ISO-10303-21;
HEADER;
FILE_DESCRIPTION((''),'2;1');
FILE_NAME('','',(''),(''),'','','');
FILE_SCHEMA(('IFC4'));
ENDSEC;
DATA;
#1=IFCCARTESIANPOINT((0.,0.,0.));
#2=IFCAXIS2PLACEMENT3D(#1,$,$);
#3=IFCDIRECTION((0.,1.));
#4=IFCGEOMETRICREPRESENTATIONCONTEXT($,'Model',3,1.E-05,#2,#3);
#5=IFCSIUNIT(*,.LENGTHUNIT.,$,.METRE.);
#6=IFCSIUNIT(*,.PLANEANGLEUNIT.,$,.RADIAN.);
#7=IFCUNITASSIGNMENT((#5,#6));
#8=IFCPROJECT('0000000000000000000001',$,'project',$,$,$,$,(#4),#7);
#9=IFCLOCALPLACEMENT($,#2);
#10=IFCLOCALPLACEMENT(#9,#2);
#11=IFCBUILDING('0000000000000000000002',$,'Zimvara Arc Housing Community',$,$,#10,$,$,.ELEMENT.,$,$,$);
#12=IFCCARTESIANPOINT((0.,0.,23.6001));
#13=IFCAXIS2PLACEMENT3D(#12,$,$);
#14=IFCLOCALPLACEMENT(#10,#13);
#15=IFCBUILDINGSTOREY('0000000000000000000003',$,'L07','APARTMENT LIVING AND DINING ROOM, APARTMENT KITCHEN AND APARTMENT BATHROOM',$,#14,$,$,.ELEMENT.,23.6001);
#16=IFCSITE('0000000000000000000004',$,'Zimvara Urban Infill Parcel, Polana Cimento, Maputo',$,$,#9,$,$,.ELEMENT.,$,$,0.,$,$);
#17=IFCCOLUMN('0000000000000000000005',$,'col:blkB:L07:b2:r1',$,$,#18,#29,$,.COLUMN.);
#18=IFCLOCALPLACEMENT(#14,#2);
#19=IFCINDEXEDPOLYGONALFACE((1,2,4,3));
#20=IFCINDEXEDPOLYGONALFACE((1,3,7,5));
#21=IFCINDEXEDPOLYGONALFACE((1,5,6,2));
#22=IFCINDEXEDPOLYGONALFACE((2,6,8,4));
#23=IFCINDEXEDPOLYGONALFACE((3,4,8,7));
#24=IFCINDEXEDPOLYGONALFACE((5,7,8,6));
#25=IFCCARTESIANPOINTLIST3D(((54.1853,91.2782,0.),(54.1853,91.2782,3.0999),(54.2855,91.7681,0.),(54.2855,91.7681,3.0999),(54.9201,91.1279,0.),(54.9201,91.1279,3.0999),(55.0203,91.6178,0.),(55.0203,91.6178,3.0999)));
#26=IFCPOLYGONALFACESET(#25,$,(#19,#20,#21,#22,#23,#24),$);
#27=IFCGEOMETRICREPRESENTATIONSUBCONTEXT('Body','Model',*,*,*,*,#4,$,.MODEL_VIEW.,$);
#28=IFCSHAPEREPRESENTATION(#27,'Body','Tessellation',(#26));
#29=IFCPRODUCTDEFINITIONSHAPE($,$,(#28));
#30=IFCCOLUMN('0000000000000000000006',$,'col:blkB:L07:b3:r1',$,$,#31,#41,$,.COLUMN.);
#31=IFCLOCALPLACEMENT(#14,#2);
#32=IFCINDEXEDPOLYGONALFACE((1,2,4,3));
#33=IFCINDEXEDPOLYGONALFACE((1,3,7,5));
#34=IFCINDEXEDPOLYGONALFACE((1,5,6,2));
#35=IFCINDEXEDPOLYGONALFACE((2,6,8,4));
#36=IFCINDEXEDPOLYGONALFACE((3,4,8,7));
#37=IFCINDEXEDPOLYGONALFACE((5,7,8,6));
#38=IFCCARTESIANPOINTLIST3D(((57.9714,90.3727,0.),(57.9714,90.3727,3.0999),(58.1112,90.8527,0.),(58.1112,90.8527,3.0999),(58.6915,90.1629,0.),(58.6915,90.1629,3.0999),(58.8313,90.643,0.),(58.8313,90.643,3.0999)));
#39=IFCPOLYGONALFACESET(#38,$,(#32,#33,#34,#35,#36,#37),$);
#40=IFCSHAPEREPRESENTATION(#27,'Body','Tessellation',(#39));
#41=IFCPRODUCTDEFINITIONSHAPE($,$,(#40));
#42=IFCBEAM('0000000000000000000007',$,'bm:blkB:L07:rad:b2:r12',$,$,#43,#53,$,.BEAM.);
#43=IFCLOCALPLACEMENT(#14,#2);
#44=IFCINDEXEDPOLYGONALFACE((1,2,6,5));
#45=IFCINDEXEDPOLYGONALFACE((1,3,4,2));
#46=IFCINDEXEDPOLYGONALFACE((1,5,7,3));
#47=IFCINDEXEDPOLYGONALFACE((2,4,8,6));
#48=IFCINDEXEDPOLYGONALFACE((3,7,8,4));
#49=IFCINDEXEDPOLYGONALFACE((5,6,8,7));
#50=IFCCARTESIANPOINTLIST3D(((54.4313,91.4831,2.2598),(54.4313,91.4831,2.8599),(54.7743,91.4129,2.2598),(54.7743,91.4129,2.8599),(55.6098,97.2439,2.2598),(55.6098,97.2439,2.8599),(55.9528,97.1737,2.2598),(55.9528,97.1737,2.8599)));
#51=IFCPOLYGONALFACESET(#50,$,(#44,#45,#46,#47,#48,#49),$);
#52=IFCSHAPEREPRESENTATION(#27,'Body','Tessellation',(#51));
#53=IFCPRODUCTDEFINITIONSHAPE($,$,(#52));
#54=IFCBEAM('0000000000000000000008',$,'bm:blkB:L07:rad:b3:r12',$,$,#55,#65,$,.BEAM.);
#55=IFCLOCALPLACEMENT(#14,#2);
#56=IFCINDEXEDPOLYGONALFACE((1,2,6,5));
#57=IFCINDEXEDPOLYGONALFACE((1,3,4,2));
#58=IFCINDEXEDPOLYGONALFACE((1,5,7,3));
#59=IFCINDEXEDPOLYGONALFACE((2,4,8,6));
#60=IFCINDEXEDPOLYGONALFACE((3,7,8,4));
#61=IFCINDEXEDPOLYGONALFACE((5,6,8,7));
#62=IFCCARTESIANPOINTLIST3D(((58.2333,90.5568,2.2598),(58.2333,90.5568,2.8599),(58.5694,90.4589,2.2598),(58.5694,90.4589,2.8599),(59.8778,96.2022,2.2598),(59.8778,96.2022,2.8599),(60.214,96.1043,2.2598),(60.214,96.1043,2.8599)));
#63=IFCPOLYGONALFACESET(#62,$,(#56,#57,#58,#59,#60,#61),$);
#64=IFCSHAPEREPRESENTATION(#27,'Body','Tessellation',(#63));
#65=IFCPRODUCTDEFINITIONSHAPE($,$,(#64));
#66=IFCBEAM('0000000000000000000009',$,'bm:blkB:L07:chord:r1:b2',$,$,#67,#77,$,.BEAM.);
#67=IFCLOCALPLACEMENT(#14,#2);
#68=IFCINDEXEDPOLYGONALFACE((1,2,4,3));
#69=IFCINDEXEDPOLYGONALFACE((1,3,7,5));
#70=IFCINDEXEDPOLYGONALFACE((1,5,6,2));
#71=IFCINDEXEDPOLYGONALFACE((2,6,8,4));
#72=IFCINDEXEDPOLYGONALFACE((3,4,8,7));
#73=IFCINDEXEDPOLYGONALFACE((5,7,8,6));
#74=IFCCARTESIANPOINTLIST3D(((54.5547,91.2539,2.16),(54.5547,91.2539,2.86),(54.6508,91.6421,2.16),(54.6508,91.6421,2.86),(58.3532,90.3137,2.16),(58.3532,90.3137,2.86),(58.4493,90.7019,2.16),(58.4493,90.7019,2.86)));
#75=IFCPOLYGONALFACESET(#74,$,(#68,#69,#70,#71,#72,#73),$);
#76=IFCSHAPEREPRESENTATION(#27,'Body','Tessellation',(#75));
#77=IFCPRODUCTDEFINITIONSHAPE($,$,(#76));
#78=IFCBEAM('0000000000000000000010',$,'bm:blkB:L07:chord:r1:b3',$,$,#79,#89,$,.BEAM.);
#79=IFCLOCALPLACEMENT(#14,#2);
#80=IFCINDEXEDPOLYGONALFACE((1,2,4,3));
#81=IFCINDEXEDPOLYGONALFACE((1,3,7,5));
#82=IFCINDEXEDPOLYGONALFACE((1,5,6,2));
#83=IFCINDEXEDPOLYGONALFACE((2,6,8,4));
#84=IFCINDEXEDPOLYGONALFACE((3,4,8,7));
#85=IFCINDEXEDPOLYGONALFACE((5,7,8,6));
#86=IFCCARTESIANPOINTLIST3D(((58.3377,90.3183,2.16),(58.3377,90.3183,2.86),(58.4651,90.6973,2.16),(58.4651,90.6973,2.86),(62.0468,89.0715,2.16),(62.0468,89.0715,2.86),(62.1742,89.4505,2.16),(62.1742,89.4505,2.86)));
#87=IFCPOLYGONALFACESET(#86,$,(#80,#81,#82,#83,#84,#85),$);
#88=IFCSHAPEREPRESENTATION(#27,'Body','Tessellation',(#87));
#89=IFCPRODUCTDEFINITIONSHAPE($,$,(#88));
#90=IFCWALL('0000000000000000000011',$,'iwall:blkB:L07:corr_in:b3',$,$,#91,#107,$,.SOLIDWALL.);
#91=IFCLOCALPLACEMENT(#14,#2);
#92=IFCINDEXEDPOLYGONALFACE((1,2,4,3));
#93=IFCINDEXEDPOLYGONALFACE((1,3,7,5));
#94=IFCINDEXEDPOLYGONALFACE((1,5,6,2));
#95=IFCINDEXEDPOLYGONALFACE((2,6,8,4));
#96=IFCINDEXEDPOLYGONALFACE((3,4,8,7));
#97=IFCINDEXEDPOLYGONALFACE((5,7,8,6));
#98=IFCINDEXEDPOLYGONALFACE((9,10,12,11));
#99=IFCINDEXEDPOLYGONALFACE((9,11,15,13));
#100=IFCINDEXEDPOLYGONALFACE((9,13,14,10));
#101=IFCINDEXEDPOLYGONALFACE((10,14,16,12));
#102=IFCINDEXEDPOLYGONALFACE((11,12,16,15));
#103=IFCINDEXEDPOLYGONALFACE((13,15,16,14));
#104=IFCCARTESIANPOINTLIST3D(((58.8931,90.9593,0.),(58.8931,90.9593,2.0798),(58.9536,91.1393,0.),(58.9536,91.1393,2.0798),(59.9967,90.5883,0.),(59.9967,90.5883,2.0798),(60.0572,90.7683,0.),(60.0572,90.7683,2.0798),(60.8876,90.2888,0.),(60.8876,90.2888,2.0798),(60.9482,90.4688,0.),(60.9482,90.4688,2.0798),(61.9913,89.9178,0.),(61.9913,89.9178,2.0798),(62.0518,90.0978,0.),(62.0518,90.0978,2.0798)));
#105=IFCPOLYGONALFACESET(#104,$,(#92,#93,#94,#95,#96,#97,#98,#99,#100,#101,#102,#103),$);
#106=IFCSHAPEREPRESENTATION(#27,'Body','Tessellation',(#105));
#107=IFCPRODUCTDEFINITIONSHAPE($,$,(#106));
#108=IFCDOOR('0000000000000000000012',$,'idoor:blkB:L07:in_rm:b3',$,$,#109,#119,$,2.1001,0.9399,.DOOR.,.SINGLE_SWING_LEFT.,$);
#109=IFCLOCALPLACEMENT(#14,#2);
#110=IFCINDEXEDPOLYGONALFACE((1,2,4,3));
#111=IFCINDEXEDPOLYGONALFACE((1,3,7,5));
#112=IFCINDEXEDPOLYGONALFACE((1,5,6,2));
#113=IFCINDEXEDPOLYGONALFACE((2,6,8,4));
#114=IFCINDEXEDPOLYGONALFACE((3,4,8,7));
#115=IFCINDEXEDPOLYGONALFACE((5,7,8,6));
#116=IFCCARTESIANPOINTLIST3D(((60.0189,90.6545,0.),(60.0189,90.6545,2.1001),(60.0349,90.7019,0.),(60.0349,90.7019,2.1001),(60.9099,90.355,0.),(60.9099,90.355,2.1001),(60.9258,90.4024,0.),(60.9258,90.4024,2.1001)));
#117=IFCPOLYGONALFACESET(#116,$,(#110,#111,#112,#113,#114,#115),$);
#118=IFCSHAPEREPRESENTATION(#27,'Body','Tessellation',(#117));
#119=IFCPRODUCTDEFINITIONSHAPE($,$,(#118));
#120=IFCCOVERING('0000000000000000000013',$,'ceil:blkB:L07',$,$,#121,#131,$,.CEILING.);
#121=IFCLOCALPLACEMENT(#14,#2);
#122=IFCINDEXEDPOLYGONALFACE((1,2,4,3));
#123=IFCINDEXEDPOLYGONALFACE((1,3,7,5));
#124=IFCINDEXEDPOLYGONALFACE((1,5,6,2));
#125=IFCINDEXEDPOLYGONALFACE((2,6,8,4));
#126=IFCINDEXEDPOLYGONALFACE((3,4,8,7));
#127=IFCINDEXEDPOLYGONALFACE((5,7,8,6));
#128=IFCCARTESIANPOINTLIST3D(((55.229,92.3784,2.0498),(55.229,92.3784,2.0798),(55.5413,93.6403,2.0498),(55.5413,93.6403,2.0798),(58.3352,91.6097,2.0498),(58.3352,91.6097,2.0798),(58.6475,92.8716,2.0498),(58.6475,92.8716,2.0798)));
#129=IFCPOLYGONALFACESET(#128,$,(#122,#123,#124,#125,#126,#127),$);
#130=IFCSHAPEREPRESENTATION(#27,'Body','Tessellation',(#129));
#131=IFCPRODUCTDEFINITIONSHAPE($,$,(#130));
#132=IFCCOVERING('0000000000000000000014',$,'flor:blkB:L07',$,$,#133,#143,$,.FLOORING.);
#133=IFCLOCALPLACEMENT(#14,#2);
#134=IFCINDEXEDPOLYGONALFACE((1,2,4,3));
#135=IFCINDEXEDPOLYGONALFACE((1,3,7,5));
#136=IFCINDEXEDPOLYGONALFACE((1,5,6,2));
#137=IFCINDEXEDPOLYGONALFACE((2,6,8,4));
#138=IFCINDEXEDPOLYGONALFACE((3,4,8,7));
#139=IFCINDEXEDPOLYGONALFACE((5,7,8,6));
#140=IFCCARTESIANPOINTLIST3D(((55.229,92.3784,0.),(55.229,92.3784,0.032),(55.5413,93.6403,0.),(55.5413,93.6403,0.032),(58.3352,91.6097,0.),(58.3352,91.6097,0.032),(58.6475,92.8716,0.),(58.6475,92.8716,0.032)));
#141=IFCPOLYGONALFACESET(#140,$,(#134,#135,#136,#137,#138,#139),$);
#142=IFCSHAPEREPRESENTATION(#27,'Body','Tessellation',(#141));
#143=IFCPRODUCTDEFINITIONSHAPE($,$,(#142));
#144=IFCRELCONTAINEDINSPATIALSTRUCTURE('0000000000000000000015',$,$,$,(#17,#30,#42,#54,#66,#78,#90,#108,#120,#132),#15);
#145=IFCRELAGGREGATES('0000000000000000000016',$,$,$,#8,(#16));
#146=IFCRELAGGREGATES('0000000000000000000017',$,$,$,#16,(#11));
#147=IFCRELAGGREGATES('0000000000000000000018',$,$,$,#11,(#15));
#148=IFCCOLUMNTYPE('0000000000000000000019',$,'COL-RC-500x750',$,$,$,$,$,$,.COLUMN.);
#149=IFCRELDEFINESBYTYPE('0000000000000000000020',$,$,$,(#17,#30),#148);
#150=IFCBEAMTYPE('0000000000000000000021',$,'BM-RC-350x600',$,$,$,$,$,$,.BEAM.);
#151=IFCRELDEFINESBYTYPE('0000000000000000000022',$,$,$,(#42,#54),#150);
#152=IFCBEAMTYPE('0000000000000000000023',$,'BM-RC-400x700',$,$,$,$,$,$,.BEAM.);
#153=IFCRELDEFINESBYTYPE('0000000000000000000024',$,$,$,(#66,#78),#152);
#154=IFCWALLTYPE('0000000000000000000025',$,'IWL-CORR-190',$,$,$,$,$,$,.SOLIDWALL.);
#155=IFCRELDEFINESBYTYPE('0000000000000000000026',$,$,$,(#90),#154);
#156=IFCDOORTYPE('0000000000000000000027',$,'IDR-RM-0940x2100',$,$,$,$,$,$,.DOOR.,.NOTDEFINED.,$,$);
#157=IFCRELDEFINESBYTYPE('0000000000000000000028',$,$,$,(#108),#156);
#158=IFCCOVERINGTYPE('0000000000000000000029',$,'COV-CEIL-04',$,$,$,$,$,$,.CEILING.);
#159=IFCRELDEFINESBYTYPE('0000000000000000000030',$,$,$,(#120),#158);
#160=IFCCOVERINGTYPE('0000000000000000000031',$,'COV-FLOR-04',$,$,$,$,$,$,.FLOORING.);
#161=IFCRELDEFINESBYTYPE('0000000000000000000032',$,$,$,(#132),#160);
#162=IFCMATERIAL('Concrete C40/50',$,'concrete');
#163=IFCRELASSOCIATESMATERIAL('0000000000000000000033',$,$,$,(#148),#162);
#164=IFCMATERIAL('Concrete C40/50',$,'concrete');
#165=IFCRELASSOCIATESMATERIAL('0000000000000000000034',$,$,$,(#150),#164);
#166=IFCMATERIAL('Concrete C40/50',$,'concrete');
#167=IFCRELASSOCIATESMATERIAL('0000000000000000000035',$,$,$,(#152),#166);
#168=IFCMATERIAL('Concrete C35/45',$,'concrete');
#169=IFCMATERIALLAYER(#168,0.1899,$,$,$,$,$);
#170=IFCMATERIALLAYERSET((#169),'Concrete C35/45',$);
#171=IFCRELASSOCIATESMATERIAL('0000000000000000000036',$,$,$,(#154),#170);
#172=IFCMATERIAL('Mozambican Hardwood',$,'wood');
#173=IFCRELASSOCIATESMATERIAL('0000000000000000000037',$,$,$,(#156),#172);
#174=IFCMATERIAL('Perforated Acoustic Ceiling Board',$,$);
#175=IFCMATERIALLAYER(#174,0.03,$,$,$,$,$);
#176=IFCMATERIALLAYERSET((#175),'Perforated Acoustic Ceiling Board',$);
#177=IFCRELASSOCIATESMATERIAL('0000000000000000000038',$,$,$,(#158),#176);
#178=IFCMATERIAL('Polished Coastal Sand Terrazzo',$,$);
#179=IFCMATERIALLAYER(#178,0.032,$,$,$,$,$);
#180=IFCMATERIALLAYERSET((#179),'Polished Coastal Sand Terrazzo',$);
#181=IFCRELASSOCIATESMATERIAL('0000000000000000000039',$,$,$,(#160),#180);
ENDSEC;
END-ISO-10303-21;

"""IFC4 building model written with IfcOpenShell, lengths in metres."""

from ifc_helpers import new_model, si_unit, direction, frame, frame_2d, origin, origin_2d, place, context, subcontext, project, spatial, rectangle, extrude, material, layer, layer_set, material_profile, profile_set, type_object, element, fill, save


model = new_model("IFC4")

# Units and contexts
model_context = context("Model", 3, precision=1e-05, world=origin(), true_north=direction((0.0, 1.0)))
body_context = subcontext(model_context, "Body", "Model", "MODEL_VIEW")
ifc_project = project(units=[si_unit("LENGTHUNIT", "METRE"), si_unit("PLANEANGLEUNIT", "RADIAN")], contexts=[model_context])

# Site, building, storey
site_placement = place(None, origin())
site = spatial("IfcSite", under=ifc_project, at=site_placement, Name="Zimvara Urban Infill Parcel, Polana Cimento, Maputo", CompositionType="ELEMENT", RefElevation=0.0)
building_placement = place(site_placement, origin())
building = spatial("IfcBuilding", under=site, at=building_placement, Name="Zimvara Arc Housing Community", CompositionType="ELEMENT")
storey_placement = place(building_placement, frame((0.0, 0.0, 23.6001)))
storey = spatial("IfcBuildingStorey", under=building, at=storey_placement, Name="L07", Description="APARTMENT LIVING AND DINING ROOM, APARTMENT KITCHEN AND APARTMENT BATHROOM", CompositionType="ELEMENT", Elevation=23.6001)

# Columns
ifc_material_1 = material(Name="Concrete C40/50", Category="concrete")
ifc_material_profile_1 = material_profile(ifc_material_1, rectangle(XDim=0.5, YDim=0.75, at=origin_2d()), Name="RC 500x750")
ifc_profile_set_1 = profile_set([ifc_material_profile_1], Name="Concrete C40/50")
column_type = type_object("IfcColumnType", Name="COL-RC-500x750", PredefinedType="COLUMN", material=ifc_profile_set_1)
for number, where, z_axis, x_axis, name in (
    (1, (54.6028, 91.448, 0.0), (0.0, 0.0, 1.0), (0.200394, 0.979715, 0.0), "col:blkB:L07:b2:r1"),
    (2, (58.4014, 90.5078, 0.0), (0.0, 0.0, 1.0), (0.279661, 0.960099, 0.0), "col:blkB:L07:b3:r1"),
):
    element("IfcColumn", number, at=place(storey_placement, frame(where, z_axis=z_axis, x_axis=x_axis)), inside=storey, type_object=column_type, Name=name, PredefinedType="COLUMN", context=body_context, shape_type="SweptSolid", body=[
        extrude(rectangle(XDim=0.5, YDim=0.75, at=origin_2d()), origin(), (0.0, 0.0, 1.0), 3.0999),
    ])

# Beams
ifc_material_2 = material(Name="Concrete C40/50", Category="concrete")
ifc_material_profile_2 = material_profile(ifc_material_2, rectangle(XDim=0.3501, YDim=0.6001, at=origin_2d()), Name="RC 350x600")
ifc_profile_set_2 = profile_set([ifc_material_profile_2], Name="Concrete C40/50")
beam_type_1 = type_object("IfcBeamType", Name="BM-RC-350x600", PredefinedType="BEAM", material=ifc_profile_set_2)
for number, where, z_axis, x_axis, name in (
    (3, (54.6028, 91.448, 2.5598), (0.200418, 0.97971, 0.0), (-0.97971, 0.200418, 0.0), "bm:blkB:L07:rad:b2:r12"),
    (4, (58.4014, 90.5078, 2.5598), (0.279675, 0.960095, 0.0), (-0.960095, 0.279675, 0.0), "bm:blkB:L07:rad:b3:r12"),
):
    element("IfcBeam", number, at=place(storey_placement, frame(where, z_axis=z_axis, x_axis=x_axis)), inside=storey, type_object=beam_type_1, Name=name, PredefinedType="BEAM", context=body_context, shape_type="SweptSolid", body=[
        extrude(rectangle(XDim=0.3501, YDim=0.6001, at=origin_2d()), origin(), (0.0, 0.0, 1.0), 5.8801),
    ])
ifc_material_3 = material(Name="Concrete C40/50", Category="concrete")
ifc_material_profile_3 = material_profile(ifc_material_3, rectangle(XDim=0.3999, YDim=0.7, at=origin_2d()), Name="RC 400x700")
ifc_profile_set_3 = profile_set([ifc_material_profile_3], Name="Concrete C40/50")
beam_type_2 = type_object("IfcBeamType", Name="BM-RC-400x700", PredefinedType="BEAM", material=ifc_profile_set_3)
for number, where, z_axis, x_axis, name in (
    (5, (54.6028, 91.448, 2.51), (0.970709, -0.24026, 0.0), (0.24026, 0.970709, 0.0), "bm:blkB:L07:chord:r1:b2"),
    (6, (58.4014, 90.5078, 2.51), (0.947882, -0.318623, 0.0), (0.318623, 0.947882, 0.0), "bm:blkB:L07:chord:r1:b3"),
):
    element("IfcBeam", number, at=place(storey_placement, frame(where, z_axis=z_axis, x_axis=x_axis)), inside=storey, type_object=beam_type_2, Name=name, PredefinedType="BEAM", context=body_context, shape_type="SweptSolid", body=[
        extrude(rectangle(XDim=0.3999, YDim=0.7, at=origin_2d()), origin(), (0.0, 0.0, 1.0), 3.9131),
    ])

# Wall, opening, door
ifc_material_4 = material(Name="Concrete C35/45", Category="concrete")
ifc_layer_1 = layer(ifc_material_4, 0.1899)
ifc_layer_set_1 = layer_set([ifc_layer_1], Name="Concrete C35/45")
wall_type_1 = type_object("IfcWallType", Name="IWL-CORR-190", PredefinedType="SOLIDWALL", material=ifc_layer_set_1)
wall_1_placement = place(storey_placement, frame((58.9233, 91.0493, 0.0), z_axis=(0.0, 0.0, 1.0), x_axis=(0.947874, -0.318647, 0.0)))
wall_1 = element("IfcWall", 7, at=wall_1_placement, inside=storey, type_object=wall_type_1, Name="iwall:blkB:L07:corr_in:b3", PredefinedType="SOLIDWALL", context=body_context, shape_type="SweptSolid", body=[
    extrude(rectangle(XDim=3.2686, YDim=0.1899, at=frame_2d((1.6343, 0.0))), origin(), (0.0, 0.0, 1.0), 2.0798),
])
opening_1_placement = place(wall_1_placement, frame((1.1643, 0.0, 0.0)))
opening_1 = element("IfcOpeningElement", 8, at=opening_1_placement, cuts=wall_1, PredefinedType="OPENING", context=body_context, shape_type="SweptSolid", body=[
    extrude(rectangle(XDim=0.9399, YDim=2.1001, at=frame_2d((0.47, 1.05))), frame((0.0, 0.105, 0.0), z_axis=(0.0, -1.0, 0.0), x_axis=(1.0, 0.0, 0.0)), (0.0, 0.0, 1.0), 0.21),
])
ifc_material_5 = material(Name="Mozambican Hardwood", Category="wood")
door_type_1 = type_object("IfcDoorType", Name="IDR-RM-0940x2100", OperationType="NOTDEFINED", PredefinedType="DOOR", material=ifc_material_5)
door_1_placement = place(opening_1_placement, origin())
door_1 = element("IfcDoor", 9, at=door_1_placement, inside=storey, type_object=door_type_1, Name="idoor:blkB:L07:in_rm:b3", OperationType="SINGLE_SWING_LEFT", OverallHeight=2.1001, OverallWidth=0.9399, PredefinedType="DOOR", context=body_context, shape_type="SweptSolid", body=[
    extrude(rectangle(XDim=0.9399, YDim=2.1001, at=frame_2d((0.47, 1.05))), frame((0.0, 0.0249, 0.0), z_axis=(0.0, -1.0, 0.0), x_axis=(1.0, 0.0, 0.0)), (0.0, 0.0, 1.0), 0.05),
])
fill(opening_1, door_1)

# Coverings
ifc_material_6 = material(Name="Perforated Acoustic Ceiling Board")
ifc_layer_2 = layer(ifc_material_6, 0.03)
ifc_layer_set_2 = layer_set([ifc_layer_2], Name="Perforated Acoustic Ceiling Board")
covering_type_1 = type_object("IfcCoveringType", Name="COV-CEIL-04", PredefinedType="CEILING", material=ifc_layer_set_2)
covering_1_placement = place(storey_placement, frame((56.9382, 92.625, 2.0498), z_axis=(0.0, 0.0, 1.0), x_axis=(0.240228, 0.970716, 0.0)))
element("IfcCovering", 10, at=covering_1_placement, inside=storey, type_object=covering_type_1, Name="ceil:blkB:L07", PredefinedType="CEILING", context=body_context, shape_type="SweptSolid", body=[
    extrude(rectangle(XDim=1.3, YDim=3.2, at=origin_2d()), origin(), (0.0, 0.0, 1.0), 0.03),
])
ifc_material_7 = material(Name="Polished Coastal Sand Terrazzo")
ifc_layer_3 = layer(ifc_material_7, 0.032)
ifc_layer_set_3 = layer_set([ifc_layer_3], Name="Polished Coastal Sand Terrazzo")
covering_type_2 = type_object("IfcCoveringType", Name="COV-FLOR-04", PredefinedType="FLOORING", material=ifc_layer_set_3)
covering_2_placement = place(storey_placement, frame((56.9382, 92.625, 0.0), z_axis=(0.0, 0.0, 1.0), x_axis=(0.240228, 0.970716, 0.0)))
element("IfcCovering", 11, at=covering_2_placement, inside=storey, type_object=covering_type_2, Name="flor:blkB:L07", PredefinedType="FLOORING", context=body_context, shape_type="SweptSolid", body=[
    extrude(rectangle(XDim=1.3, YDim=3.2, at=origin_2d()), origin(), (0.0, 0.0, 1.0), 0.032),
])

save(model, "model.ifc")
